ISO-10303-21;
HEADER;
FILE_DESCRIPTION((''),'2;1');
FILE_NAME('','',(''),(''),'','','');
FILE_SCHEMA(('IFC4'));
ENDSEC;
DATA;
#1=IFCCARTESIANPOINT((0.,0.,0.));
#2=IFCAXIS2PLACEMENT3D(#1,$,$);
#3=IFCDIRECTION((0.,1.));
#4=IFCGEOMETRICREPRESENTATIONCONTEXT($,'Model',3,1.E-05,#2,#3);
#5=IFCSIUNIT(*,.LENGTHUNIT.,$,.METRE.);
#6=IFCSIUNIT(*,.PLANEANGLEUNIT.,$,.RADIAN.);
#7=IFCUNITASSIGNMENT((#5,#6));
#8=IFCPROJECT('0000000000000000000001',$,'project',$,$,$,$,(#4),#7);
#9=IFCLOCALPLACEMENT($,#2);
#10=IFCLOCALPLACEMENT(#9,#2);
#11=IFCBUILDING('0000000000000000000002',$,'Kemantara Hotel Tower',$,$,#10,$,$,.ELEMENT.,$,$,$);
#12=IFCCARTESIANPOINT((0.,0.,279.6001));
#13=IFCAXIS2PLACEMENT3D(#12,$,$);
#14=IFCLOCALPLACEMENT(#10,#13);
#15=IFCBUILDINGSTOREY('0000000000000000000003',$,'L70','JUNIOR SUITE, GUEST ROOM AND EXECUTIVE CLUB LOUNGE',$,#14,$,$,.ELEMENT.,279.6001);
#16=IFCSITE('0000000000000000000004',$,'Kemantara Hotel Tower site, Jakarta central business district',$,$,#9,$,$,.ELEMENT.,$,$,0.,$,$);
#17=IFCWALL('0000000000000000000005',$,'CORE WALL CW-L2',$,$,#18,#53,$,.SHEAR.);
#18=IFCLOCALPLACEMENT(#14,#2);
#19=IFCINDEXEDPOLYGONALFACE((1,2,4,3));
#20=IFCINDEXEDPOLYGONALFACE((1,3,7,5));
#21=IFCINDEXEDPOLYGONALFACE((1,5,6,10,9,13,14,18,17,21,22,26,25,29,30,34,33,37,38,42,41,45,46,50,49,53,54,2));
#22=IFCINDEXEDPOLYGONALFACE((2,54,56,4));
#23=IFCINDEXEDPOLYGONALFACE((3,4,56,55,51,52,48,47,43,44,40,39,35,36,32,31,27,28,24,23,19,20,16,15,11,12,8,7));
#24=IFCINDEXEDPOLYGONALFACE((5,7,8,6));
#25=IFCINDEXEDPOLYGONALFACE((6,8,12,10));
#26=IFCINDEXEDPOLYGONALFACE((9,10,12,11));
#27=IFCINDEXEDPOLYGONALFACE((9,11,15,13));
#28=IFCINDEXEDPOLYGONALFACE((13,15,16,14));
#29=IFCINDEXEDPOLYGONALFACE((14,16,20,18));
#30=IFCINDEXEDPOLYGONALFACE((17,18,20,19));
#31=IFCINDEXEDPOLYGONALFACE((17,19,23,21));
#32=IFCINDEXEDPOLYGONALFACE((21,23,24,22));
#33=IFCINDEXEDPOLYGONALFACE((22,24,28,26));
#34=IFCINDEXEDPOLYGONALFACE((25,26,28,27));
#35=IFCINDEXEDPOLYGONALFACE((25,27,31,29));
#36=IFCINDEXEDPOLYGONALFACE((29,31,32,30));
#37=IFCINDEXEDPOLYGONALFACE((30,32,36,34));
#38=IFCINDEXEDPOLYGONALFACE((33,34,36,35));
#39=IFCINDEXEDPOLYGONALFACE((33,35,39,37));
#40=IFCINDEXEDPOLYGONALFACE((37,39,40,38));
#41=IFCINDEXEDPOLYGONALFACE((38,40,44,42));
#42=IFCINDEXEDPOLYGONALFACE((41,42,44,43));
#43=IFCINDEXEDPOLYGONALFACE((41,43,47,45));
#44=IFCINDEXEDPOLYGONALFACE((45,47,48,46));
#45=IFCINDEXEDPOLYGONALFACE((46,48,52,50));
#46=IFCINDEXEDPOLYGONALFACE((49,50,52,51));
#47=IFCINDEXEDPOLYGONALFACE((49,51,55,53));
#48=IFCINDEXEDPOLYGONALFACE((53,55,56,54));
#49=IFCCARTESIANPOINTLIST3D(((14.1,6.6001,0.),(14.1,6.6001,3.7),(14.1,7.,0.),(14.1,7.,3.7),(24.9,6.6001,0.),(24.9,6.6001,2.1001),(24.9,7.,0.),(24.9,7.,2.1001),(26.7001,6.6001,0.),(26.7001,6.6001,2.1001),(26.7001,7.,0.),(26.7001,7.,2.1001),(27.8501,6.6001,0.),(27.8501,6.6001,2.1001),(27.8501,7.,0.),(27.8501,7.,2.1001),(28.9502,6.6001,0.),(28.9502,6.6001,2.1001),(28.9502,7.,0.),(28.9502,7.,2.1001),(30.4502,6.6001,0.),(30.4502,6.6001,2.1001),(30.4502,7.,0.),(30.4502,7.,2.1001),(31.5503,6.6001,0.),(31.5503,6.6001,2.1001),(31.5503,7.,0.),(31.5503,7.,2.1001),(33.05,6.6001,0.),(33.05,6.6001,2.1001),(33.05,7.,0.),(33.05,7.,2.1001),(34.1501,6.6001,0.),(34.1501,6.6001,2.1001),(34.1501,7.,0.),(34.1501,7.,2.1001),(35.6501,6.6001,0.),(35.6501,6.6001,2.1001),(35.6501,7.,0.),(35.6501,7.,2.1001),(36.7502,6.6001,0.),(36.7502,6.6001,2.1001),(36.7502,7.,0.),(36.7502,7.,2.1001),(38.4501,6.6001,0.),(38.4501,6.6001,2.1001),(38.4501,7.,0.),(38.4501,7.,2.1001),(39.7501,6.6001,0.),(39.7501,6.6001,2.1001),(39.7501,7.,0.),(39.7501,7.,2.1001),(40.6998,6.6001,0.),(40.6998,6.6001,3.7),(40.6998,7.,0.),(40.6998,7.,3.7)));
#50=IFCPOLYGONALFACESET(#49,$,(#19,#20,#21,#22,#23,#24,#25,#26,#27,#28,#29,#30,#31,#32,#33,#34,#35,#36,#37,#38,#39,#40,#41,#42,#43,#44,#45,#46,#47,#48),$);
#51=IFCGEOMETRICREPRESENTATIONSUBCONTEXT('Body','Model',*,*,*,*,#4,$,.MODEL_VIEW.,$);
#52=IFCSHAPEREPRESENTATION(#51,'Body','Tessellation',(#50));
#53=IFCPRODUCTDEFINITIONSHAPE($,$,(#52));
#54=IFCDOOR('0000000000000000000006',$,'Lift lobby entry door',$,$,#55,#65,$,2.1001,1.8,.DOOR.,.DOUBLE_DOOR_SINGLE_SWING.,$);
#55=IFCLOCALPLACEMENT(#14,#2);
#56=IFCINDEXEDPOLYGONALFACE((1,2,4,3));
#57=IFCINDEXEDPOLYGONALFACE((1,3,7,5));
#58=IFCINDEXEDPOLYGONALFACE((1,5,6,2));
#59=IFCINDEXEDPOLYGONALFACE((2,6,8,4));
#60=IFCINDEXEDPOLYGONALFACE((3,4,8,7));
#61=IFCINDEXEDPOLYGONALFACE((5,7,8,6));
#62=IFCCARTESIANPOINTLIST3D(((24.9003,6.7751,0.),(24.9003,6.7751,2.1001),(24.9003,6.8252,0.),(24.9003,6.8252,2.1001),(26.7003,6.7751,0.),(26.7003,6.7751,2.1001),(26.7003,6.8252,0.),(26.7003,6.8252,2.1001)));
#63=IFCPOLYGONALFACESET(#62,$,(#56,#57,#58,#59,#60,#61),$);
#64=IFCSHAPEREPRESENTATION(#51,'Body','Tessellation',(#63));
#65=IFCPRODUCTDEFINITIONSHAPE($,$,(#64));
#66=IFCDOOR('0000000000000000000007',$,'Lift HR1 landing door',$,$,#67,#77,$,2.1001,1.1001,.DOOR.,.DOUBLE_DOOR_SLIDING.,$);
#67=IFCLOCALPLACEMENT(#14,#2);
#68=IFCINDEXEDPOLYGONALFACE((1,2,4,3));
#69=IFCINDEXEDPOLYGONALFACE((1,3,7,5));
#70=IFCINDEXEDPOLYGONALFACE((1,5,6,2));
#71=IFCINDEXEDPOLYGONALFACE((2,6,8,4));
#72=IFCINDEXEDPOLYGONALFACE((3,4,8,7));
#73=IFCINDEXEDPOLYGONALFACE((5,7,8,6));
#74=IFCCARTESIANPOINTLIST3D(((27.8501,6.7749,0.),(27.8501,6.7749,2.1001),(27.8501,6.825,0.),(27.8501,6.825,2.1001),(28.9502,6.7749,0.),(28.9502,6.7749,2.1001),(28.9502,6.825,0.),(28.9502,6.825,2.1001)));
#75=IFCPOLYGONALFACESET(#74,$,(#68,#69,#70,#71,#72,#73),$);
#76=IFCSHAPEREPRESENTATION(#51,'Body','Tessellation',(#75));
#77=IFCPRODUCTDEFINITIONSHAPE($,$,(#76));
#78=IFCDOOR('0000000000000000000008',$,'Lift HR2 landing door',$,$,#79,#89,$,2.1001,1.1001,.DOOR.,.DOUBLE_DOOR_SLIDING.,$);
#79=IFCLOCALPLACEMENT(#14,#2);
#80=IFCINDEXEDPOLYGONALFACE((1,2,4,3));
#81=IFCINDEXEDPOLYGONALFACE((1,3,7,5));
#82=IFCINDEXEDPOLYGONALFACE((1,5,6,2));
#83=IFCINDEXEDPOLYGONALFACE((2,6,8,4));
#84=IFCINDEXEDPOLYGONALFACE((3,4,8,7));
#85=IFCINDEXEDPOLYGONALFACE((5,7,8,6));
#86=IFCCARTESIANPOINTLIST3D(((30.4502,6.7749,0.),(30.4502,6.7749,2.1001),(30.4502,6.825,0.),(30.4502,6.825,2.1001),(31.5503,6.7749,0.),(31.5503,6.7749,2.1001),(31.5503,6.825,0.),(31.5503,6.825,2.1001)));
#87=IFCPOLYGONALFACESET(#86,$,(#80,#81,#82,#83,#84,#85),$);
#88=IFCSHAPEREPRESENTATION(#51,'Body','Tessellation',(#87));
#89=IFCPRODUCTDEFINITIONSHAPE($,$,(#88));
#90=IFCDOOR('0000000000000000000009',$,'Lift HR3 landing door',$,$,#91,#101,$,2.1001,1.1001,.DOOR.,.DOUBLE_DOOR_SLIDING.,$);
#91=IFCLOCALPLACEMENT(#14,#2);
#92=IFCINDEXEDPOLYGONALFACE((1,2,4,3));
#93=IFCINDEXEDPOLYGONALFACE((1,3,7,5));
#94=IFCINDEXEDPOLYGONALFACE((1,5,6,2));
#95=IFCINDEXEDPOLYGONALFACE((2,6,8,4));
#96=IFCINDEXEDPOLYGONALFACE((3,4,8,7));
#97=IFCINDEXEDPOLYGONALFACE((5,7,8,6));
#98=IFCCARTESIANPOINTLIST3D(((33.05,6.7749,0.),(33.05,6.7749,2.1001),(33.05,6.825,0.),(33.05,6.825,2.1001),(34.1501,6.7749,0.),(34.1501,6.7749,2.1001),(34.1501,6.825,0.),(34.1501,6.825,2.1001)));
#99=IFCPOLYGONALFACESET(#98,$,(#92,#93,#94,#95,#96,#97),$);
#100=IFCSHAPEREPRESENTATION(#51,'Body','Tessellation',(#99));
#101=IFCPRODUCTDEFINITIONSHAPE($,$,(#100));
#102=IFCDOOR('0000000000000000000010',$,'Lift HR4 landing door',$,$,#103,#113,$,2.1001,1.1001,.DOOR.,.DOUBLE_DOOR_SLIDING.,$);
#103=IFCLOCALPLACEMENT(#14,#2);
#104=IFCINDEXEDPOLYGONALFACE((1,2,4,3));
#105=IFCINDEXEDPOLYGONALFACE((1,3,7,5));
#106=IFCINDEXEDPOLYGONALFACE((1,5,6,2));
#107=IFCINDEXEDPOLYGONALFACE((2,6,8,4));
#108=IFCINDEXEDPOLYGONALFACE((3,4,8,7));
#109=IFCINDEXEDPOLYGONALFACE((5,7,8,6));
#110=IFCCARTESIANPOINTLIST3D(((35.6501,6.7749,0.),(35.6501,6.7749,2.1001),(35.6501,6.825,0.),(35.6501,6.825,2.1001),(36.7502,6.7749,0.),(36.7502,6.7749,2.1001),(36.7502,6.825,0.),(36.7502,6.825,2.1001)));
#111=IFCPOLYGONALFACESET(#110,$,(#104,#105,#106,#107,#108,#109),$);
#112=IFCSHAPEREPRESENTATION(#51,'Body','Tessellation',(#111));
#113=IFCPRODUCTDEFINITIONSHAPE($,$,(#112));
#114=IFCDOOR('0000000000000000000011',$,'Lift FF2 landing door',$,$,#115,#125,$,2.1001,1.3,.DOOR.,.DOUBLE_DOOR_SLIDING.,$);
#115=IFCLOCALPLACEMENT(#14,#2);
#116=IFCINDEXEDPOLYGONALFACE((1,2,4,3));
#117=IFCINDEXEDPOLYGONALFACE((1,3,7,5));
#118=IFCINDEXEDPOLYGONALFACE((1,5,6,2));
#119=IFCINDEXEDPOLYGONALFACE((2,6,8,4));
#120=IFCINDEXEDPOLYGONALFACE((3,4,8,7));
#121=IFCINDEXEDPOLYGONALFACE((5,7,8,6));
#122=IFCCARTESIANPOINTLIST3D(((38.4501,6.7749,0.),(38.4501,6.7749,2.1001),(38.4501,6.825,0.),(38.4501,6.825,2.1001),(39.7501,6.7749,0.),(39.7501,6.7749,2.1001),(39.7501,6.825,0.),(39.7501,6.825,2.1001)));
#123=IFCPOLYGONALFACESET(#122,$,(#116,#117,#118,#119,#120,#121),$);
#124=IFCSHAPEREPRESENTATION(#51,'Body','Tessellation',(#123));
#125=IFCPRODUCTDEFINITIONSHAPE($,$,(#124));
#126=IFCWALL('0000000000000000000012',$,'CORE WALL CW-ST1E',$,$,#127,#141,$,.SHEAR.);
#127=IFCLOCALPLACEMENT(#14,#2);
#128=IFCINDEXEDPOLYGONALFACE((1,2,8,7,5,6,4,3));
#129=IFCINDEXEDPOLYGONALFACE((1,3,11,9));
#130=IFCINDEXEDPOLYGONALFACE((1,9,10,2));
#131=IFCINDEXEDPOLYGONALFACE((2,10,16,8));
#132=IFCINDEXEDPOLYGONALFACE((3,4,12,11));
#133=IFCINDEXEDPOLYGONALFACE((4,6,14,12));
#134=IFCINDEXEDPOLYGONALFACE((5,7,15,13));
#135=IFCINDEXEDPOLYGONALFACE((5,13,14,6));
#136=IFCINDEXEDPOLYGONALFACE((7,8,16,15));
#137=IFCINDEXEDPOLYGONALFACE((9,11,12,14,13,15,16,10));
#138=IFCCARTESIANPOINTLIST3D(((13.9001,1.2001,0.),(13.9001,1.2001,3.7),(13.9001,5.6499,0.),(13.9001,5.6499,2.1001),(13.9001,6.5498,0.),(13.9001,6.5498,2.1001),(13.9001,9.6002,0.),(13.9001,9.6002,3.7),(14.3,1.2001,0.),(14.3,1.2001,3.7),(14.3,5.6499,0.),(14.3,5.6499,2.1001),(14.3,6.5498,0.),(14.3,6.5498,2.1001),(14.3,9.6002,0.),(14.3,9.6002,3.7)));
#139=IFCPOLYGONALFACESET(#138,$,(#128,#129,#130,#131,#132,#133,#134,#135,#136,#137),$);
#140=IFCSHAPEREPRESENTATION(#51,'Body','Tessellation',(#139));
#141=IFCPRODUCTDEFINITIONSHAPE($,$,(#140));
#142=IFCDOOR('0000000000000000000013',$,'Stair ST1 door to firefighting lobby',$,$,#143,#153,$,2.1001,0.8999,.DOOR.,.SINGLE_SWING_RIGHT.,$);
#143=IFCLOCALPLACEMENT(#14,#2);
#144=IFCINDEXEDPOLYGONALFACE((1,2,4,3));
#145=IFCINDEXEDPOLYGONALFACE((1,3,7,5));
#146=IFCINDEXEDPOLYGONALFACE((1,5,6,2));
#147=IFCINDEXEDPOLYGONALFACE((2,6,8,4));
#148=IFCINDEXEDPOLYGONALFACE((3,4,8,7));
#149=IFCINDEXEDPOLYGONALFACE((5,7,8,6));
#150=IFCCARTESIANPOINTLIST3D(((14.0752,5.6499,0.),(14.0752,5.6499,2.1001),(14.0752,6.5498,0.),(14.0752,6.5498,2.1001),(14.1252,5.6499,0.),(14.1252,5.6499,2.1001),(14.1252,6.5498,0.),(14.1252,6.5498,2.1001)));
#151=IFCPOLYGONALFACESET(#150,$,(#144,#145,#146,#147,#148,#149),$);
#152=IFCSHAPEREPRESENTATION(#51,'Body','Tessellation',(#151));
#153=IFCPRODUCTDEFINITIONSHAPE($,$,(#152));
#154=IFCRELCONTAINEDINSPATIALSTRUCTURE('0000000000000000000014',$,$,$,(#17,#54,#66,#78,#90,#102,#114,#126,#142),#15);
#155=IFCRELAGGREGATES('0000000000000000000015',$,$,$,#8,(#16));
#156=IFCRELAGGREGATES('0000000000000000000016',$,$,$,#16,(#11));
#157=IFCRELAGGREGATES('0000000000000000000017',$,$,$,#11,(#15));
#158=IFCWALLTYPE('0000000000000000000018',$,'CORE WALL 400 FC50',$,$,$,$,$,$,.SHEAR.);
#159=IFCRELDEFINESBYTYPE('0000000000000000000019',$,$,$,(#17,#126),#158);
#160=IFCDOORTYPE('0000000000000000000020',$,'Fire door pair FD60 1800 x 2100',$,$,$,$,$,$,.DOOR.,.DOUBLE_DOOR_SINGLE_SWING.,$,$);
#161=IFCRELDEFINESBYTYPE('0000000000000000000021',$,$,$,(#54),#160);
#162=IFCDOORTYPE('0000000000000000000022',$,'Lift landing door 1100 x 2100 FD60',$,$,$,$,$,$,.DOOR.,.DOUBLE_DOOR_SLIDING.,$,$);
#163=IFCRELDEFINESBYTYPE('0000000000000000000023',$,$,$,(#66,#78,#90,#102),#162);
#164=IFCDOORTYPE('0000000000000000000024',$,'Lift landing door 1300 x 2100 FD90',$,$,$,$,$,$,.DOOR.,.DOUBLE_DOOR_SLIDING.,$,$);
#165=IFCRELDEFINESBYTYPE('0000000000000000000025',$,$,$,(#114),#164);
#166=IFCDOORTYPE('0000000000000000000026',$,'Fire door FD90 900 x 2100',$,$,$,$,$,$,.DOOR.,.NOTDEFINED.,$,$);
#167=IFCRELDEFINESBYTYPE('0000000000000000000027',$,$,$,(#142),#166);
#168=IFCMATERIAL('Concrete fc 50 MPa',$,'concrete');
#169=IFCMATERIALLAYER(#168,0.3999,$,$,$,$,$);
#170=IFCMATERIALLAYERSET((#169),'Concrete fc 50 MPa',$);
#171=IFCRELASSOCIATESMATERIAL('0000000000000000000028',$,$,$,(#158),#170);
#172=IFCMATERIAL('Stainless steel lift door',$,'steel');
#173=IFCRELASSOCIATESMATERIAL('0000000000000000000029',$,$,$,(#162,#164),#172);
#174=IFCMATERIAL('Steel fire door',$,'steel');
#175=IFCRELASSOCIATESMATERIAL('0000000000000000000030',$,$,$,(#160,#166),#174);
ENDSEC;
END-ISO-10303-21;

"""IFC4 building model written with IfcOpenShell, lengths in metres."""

from ifc_helpers import new_model, si_unit, direction, frame, frame_2d, origin, place, context, subcontext, project, spatial, rectangle, extrude, material, layer, layer_set, type_object, element, fill, save


model = new_model("IFC4")

# Units and contexts
model_context = context("Model", 3, precision=1e-05, world=origin(), true_north=direction((0.0, 1.0)))
body_context = subcontext(model_context, "Body", "Model", "MODEL_VIEW")
ifc_project = project(units=[si_unit("LENGTHUNIT", "METRE"), si_unit("PLANEANGLEUNIT", "RADIAN")], contexts=[model_context])

# Site, building, storey
site_placement = place(None, origin())
site = spatial("IfcSite", under=ifc_project, at=site_placement, Name="Kemantara Hotel Tower site, Jakarta central business district", CompositionType="ELEMENT", RefElevation=0.0)
building_placement = place(site_placement, origin())
building = spatial("IfcBuilding", under=site, at=building_placement, Name="Kemantara Hotel Tower", CompositionType="ELEMENT")
storey_placement = place(building_placement, frame((0.0, 0.0, 279.6001)))
storey = spatial("IfcBuildingStorey", under=building, at=storey_placement, Name="L70", Description="JUNIOR SUITE, GUEST ROOM AND EXECUTIVE CLUB LOUNGE", CompositionType="ELEMENT", Elevation=279.6001)

# Shared definitions
ifc_material_1 = material(Name="Concrete fc 50 MPa", Category="concrete")

# Wall, openings, doors
ifc_layer_1 = layer(ifc_material_1, 0.3999)
ifc_layer_set_1 = layer_set([ifc_layer_1], Name="Concrete fc 50 MPa")
wall_type_1 = type_object("IfcWallType", Name="CORE WALL 400 FC50", PredefinedType="SHEAR", material=ifc_layer_set_1)
ifc_material_2 = material(Name="Steel fire door", Category="steel")
ifc_material_3 = material(Name="Stainless steel lift door", Category="steel")
door_type_1 = type_object("IfcDoorType", Name="Lift landing door 1100 x 2100 FD60", OperationType="DOUBLE_DOOR_SLIDING", PredefinedType="DOOR", material=ifc_material_3)
door_type_2 = type_object("IfcDoorType", Name="Lift landing door 1300 x 2100 FD90", OperationType="DOUBLE_DOOR_SLIDING", PredefinedType="DOOR", material=ifc_material_3)
wall_1_placement = place(storey_placement, frame((14.1001, 6.8, 0.0), z_axis=(0.0, 0.0, 1.0), x_axis=(1.0, 0.0, 0.0)))
wall_1 = element("IfcWall", 1, at=wall_1_placement, inside=storey, type_object=wall_type_1, Name="CORE WALL CW-L2", PredefinedType="SHEAR", context=body_context, shape_type="SweptSolid", body=[
    extrude(rectangle(XDim=26.5999, YDim=0.3999, at=frame_2d((13.2998, 0.0))), origin(), (0.0, 0.0, 1.0), 3.7),
])
opening_1_placement = place(wall_1_placement, frame((10.8, 0.0, 0.0)))
opening_1 = element("IfcOpeningElement", 2, at=opening_1_placement, cuts=wall_1, PredefinedType="OPENING", context=body_context, shape_type="SweptSolid", body=[
    extrude(rectangle(XDim=1.8, YDim=2.1001, at=frame_2d((0.8999, 1.05))), frame((0.0, 0.21, 0.0), z_axis=(0.0, -1.0, 0.0), x_axis=(1.0, 0.0, 0.0)), (0.0, 0.0, 1.0), 0.4199),
])
opening_2_placement = place(wall_1_placement, frame((13.75, 0.0, 0.0)))
opening_2 = element("IfcOpeningElement", 3, at=opening_2_placement, cuts=wall_1, PredefinedType="OPENING", context=body_context, shape_type="SweptSolid", body=[
    extrude(rectangle(XDim=1.1001, YDim=2.1001, at=frame_2d((0.55, 1.05))), frame((0.0, 0.21, 0.0), z_axis=(0.0, -1.0, 0.0), x_axis=(1.0, 0.0, 0.0)), (0.0, 0.0, 1.0), 0.4199),
])
opening_3_placement = place(wall_1_placement, frame((16.3501, 0.0, 0.0)))
opening_3 = element("IfcOpeningElement", 4, at=opening_3_placement, cuts=wall_1, PredefinedType="OPENING", context=body_context, shape_type="SweptSolid", body=[
    extrude(rectangle(XDim=1.1001, YDim=2.1001, at=frame_2d((0.55, 1.05))), frame((0.0, 0.21, 0.0), z_axis=(0.0, -1.0, 0.0), x_axis=(1.0, 0.0, 0.0)), (0.0, 0.0, 1.0), 0.4199),
])
opening_4_placement = place(wall_1_placement, frame((18.95, 0.0, 0.0)))
opening_4 = element("IfcOpeningElement", 5, at=opening_4_placement, cuts=wall_1, PredefinedType="OPENING", context=body_context, shape_type="SweptSolid", body=[
    extrude(rectangle(XDim=1.1001, YDim=2.1001, at=frame_2d((0.55, 1.05))), frame((0.0, 0.21, 0.0), z_axis=(0.0, -1.0, 0.0), x_axis=(1.0, 0.0, 0.0)), (0.0, 0.0, 1.0), 0.4199),
])
opening_5_placement = place(wall_1_placement, frame((21.55, 0.0, 0.0)))
opening_5 = element("IfcOpeningElement", 6, at=opening_5_placement, cuts=wall_1, PredefinedType="OPENING", context=body_context, shape_type="SweptSolid", body=[
    extrude(rectangle(XDim=1.1001, YDim=2.1001, at=frame_2d((0.55, 1.05))), frame((0.0, 0.21, 0.0), z_axis=(0.0, -1.0, 0.0), x_axis=(1.0, 0.0, 0.0)), (0.0, 0.0, 1.0), 0.4199),
])
opening_6_placement = place(wall_1_placement, frame((24.3501, 0.0, 0.0)))
opening_6 = element("IfcOpeningElement", 7, at=opening_6_placement, cuts=wall_1, PredefinedType="OPENING", context=body_context, shape_type="SweptSolid", body=[
    extrude(rectangle(XDim=1.3, YDim=2.1001, at=frame_2d((0.6499, 1.05))), frame((0.0, 0.21, 0.0), z_axis=(0.0, -1.0, 0.0), x_axis=(1.0, 0.0, 0.0)), (0.0, 0.0, 1.0), 0.4199),
])
door_type_3 = type_object("IfcDoorType", Name="Fire door pair FD60 1800 x 2100", OperationType="DOUBLE_DOOR_SINGLE_SWING", PredefinedType="DOOR", material=ifc_material_2)
door_1_placement = place(opening_1_placement, frame((1.8, 0.0, 0.0), z_axis=(0.0, 0.0, 1.0), x_axis=(-1.0, 0.0, 0.0)))
door_1 = element("IfcDoor", 8, at=door_1_placement, inside=storey, type_object=door_type_3, Name="Lift lobby entry door", OperationType="DOUBLE_DOOR_SINGLE_SWING", OverallHeight=2.1001, OverallWidth=1.8, PredefinedType="DOOR", context=body_context, shape_type="SweptSolid", body=[
    extrude(rectangle(XDim=1.8, YDim=2.1001, at=frame_2d((0.8999, 1.05))), frame((0.0, 0.0249, 0.0), z_axis=(0.0, -1.0, 0.0), x_axis=(1.0, 0.0, 0.0)), (0.0, 0.0, 1.0), 0.05),
])
fill(opening_1, door_1)
door_2_placement = place(opening_2_placement, origin())
door_2 = element("IfcDoor", 9, at=door_2_placement, inside=storey, type_object=door_type_1, Name="Lift HR1 landing door", OperationType="DOUBLE_DOOR_SLIDING", OverallHeight=2.1001, OverallWidth=1.1001, PredefinedType="DOOR", context=body_context, shape_type="SweptSolid", body=[
    extrude(rectangle(XDim=1.1001, YDim=2.1001, at=frame_2d((0.55, 1.05))), frame((0.0, 0.0249, 0.0), z_axis=(0.0, -1.0, 0.0), x_axis=(1.0, 0.0, 0.0)), (0.0, 0.0, 1.0), 0.05),
])
fill(opening_2, door_2)
door_3_placement = place(opening_3_placement, origin())
door_3 = element("IfcDoor", 10, at=door_3_placement, inside=storey, type_object=door_type_1, Name="Lift HR2 landing door", OperationType="DOUBLE_DOOR_SLIDING", OverallHeight=2.1001, OverallWidth=1.1001, PredefinedType="DOOR", context=body_context, shape_type="SweptSolid", body=[
    extrude(rectangle(XDim=1.1001, YDim=2.1001, at=frame_2d((0.55, 1.05))), frame((0.0, 0.0249, 0.0), z_axis=(0.0, -1.0, 0.0), x_axis=(1.0, 0.0, 0.0)), (0.0, 0.0, 1.0), 0.05),
])
fill(opening_3, door_3)
door_4_placement = place(opening_4_placement, origin())
door_4 = element("IfcDoor", 11, at=door_4_placement, inside=storey, type_object=door_type_1, Name="Lift HR3 landing door", OperationType="DOUBLE_DOOR_SLIDING", OverallHeight=2.1001, OverallWidth=1.1001, PredefinedType="DOOR", context=body_context, shape_type="SweptSolid", body=[
    extrude(rectangle(XDim=1.1001, YDim=2.1001, at=frame_2d((0.55, 1.05))), frame((0.0, 0.0249, 0.0), z_axis=(0.0, -1.0, 0.0), x_axis=(1.0, 0.0, 0.0)), (0.0, 0.0, 1.0), 0.05),
])
fill(opening_4, door_4)
door_5_placement = place(opening_5_placement, origin())
door_5 = element("IfcDoor", 12, at=door_5_placement, inside=storey, type_object=door_type_1, Name="Lift HR4 landing door", OperationType="DOUBLE_DOOR_SLIDING", OverallHeight=2.1001, OverallWidth=1.1001, PredefinedType="DOOR", context=body_context, shape_type="SweptSolid", body=[
    extrude(rectangle(XDim=1.1001, YDim=2.1001, at=frame_2d((0.55, 1.05))), frame((0.0, 0.0249, 0.0), z_axis=(0.0, -1.0, 0.0), x_axis=(1.0, 0.0, 0.0)), (0.0, 0.0, 1.0), 0.05),
])
fill(opening_5, door_5)
door_6_placement = place(opening_6_placement, origin())
door_6 = element("IfcDoor", 13, at=door_6_placement, inside=storey, type_object=door_type_2, Name="Lift FF2 landing door", OperationType="DOUBLE_DOOR_SLIDING", OverallHeight=2.1001, OverallWidth=1.3, PredefinedType="DOOR", context=body_context, shape_type="SweptSolid", body=[
    extrude(rectangle(XDim=1.3, YDim=2.1001, at=frame_2d((0.6499, 1.05))), frame((0.0, 0.0249, 0.0), z_axis=(0.0, -1.0, 0.0), x_axis=(1.0, 0.0, 0.0)), (0.0, 0.0, 1.0), 0.05),
])
fill(opening_6, door_6)

# Wall, opening, door
wall_2_placement = place(storey_placement, frame((14.1001, 1.2, 0.0), z_axis=(0.0, 0.0, 1.0), x_axis=(0.0, 1.0, 0.0)))
wall_2 = element("IfcWall", 14, at=wall_2_placement, inside=storey, type_object=wall_type_1, Name="CORE WALL CW-ST1E", PredefinedType="SHEAR", context=body_context, shape_type="SweptSolid", body=[
    extrude(rectangle(XDim=8.4001, YDim=0.3999, at=frame_2d((4.2002, 0.0))), origin(), (0.0, 0.0, 1.0), 3.7),
])
opening_7_placement = place(wall_2_placement, frame((4.45, 0.0, 0.0)))
opening_7 = element("IfcOpeningElement", 15, at=opening_7_placement, cuts=wall_2, PredefinedType="OPENING", context=body_context, shape_type="SweptSolid", body=[
    extrude(rectangle(XDim=0.8999, YDim=2.1001, at=frame_2d((0.45, 1.05))), frame((0.0, 0.21, 0.0), z_axis=(0.0, -1.0, 0.0), x_axis=(1.0, 0.0, 0.0)), (0.0, 0.0, 1.0), 0.4199),
])
door_type_4 = type_object("IfcDoorType", Name="Fire door FD90 900 x 2100", OperationType="NOTDEFINED", PredefinedType="DOOR", material=ifc_material_2)
door_7_placement = place(opening_7_placement, origin())
door_7 = element("IfcDoor", 16, at=door_7_placement, inside=storey, type_object=door_type_4, Name="Stair ST1 door to firefighting lobby", OperationType="SINGLE_SWING_RIGHT", OverallHeight=2.1001, OverallWidth=0.8999, PredefinedType="DOOR", context=body_context, shape_type="SweptSolid", body=[
    extrude(rectangle(XDim=0.8999, YDim=2.1001, at=frame_2d((0.45, 1.05))), frame((0.0, 0.0249, 0.0), z_axis=(0.0, -1.0, 0.0), x_axis=(1.0, 0.0, 0.0)), (0.0, 0.0, 1.0), 0.05),
])
fill(opening_7, door_7)

save(model, "model.ifc")
